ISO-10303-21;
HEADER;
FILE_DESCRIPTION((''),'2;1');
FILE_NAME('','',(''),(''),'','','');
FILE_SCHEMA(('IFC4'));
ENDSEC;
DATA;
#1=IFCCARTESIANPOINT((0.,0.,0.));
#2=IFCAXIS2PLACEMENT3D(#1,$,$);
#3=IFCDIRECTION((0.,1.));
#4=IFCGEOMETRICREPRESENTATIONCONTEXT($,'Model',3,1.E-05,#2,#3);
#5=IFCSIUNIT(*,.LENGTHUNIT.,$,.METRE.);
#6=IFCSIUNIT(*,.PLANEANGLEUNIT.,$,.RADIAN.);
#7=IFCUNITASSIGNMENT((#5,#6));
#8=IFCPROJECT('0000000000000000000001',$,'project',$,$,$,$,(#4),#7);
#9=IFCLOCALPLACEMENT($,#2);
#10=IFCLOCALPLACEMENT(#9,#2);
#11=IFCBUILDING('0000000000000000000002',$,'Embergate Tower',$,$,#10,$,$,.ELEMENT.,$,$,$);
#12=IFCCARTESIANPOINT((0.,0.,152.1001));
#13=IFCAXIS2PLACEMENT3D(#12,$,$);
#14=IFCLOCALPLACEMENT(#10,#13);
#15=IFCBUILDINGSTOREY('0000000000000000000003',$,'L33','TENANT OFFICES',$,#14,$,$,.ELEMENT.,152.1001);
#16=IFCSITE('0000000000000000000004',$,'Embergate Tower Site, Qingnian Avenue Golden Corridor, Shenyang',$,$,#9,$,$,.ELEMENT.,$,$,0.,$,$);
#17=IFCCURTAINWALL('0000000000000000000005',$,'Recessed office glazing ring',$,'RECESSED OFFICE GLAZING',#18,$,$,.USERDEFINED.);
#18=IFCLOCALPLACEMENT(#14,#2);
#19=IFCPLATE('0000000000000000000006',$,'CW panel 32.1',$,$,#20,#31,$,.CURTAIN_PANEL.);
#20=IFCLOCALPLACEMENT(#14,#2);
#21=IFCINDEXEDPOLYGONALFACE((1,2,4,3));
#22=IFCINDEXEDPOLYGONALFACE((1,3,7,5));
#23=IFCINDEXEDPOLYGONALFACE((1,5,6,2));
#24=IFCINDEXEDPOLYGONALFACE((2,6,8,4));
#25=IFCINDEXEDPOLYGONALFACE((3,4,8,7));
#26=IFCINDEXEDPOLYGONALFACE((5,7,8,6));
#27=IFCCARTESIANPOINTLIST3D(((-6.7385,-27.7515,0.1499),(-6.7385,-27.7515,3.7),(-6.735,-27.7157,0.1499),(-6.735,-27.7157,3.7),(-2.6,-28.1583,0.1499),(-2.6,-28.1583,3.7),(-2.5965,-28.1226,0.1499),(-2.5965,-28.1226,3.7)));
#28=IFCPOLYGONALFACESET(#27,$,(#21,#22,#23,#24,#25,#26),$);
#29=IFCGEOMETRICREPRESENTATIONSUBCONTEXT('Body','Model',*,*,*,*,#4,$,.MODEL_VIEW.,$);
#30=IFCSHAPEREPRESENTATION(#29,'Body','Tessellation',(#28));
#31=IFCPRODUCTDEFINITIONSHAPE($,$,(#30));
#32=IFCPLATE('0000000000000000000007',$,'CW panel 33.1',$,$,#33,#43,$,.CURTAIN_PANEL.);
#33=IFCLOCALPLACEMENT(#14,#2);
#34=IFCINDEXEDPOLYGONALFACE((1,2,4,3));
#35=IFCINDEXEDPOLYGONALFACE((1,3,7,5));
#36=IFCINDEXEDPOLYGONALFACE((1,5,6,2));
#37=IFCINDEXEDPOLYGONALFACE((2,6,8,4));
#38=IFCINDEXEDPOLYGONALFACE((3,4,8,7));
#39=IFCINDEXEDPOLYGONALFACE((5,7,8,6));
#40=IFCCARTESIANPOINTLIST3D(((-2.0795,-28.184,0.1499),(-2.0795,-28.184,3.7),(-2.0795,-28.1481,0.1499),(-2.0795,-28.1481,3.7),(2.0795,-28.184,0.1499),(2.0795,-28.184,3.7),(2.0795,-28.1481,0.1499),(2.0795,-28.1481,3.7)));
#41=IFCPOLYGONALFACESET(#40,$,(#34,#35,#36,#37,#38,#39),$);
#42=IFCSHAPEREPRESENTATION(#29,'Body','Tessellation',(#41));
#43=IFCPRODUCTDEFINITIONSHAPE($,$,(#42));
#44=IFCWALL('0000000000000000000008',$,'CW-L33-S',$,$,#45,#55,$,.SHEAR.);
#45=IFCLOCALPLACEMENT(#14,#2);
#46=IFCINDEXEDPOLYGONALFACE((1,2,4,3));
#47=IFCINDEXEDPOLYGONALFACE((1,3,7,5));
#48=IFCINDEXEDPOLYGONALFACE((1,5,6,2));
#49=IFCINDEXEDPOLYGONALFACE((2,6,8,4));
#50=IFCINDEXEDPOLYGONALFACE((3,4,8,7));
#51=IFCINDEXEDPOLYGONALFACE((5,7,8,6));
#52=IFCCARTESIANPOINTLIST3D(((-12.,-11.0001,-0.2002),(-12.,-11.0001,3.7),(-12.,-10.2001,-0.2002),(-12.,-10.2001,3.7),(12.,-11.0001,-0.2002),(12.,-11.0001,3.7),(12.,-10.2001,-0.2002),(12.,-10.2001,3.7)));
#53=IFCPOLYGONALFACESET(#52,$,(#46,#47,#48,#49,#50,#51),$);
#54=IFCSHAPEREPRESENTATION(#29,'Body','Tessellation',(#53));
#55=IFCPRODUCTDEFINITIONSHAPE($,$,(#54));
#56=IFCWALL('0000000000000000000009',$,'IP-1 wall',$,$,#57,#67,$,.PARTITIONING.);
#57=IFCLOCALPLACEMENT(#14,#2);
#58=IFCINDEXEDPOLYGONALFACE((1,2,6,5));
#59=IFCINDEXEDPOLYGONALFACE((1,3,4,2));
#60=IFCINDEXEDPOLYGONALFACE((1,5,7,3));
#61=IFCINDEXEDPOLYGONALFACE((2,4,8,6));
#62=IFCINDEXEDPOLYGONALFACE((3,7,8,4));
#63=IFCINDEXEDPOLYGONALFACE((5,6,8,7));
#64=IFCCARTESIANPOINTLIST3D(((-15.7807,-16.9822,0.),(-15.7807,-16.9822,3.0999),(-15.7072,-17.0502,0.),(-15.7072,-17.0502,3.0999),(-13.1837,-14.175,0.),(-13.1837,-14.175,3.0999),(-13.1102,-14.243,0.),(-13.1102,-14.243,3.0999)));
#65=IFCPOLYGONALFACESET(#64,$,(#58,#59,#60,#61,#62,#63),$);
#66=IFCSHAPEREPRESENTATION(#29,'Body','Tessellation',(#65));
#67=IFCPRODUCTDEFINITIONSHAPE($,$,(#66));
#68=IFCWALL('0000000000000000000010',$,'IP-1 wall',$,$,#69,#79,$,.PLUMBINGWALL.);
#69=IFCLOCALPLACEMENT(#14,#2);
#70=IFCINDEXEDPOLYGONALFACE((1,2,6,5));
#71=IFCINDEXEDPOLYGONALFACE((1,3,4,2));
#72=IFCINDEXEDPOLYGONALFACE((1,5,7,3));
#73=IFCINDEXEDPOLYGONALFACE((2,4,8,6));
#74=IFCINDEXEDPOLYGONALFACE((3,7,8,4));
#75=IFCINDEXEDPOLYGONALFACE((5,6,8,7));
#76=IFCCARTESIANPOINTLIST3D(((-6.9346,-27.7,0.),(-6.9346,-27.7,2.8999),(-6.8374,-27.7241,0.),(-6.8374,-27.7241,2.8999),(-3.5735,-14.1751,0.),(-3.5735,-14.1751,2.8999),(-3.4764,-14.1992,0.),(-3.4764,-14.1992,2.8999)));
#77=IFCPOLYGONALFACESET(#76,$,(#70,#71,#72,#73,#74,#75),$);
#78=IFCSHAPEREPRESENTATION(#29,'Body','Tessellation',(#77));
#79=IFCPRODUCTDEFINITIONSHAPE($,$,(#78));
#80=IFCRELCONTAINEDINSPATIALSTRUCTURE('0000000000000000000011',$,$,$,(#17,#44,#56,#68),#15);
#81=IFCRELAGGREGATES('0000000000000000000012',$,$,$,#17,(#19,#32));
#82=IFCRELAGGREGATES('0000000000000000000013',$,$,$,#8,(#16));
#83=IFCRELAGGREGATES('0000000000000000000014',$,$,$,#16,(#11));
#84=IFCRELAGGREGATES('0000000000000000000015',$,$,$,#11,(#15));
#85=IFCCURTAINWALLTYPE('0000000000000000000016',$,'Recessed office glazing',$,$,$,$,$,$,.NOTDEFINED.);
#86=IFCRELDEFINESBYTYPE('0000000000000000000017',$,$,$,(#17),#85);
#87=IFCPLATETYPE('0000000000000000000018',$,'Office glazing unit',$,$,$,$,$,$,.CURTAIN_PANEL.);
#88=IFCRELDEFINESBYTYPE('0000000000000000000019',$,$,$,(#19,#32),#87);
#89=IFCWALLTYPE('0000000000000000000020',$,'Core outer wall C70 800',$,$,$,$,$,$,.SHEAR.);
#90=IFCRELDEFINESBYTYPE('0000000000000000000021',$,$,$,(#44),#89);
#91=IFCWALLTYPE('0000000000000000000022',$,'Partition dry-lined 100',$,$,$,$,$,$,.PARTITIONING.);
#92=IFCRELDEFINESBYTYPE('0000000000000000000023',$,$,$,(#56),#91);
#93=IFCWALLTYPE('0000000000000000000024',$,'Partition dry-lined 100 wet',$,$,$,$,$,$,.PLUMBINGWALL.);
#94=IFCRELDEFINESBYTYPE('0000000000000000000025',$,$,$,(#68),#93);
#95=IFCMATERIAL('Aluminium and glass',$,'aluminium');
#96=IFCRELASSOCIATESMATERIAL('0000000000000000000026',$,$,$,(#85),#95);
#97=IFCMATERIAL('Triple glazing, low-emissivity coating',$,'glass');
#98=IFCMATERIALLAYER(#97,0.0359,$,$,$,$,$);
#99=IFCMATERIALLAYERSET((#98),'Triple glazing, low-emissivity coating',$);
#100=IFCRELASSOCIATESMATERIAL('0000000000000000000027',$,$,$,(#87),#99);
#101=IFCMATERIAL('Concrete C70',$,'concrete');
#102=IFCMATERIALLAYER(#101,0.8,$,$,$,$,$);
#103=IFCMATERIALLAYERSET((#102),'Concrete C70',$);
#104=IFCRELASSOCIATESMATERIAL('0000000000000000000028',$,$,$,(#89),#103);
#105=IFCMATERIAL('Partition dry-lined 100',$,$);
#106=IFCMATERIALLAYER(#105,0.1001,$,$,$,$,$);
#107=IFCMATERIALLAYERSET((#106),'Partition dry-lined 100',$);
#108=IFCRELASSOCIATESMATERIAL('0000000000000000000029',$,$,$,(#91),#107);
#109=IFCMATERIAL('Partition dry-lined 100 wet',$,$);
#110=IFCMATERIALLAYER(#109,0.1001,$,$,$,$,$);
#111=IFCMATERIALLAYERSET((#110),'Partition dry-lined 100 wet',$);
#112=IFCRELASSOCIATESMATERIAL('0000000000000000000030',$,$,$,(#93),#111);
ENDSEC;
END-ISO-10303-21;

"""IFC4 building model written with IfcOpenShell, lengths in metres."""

from ifc_helpers import new_model, si_unit, direction, frame, frame_2d, origin, origin_2d, place, context, subcontext, project, spatial, rectangle, extrude, source, transform, mapped, material, layer, layer_set, type_object, element, aggregate, save


model = new_model("IFC4")

# Units and contexts
model_context = context("Model", 3, precision=1e-05, world=origin(), true_north=direction((0.0, 1.0)))
body_context = subcontext(model_context, "Body", "Model", "MODEL_VIEW")
ifc_project = project(units=[si_unit("LENGTHUNIT", "METRE"), si_unit("PLANEANGLEUNIT", "RADIAN")], contexts=[model_context])

# Site, building, storey
site_placement = place(None, origin())
site = spatial("IfcSite", under=ifc_project, at=site_placement, Name="Embergate Tower Site, Qingnian Avenue Golden Corridor, Shenyang", CompositionType="ELEMENT", RefElevation=0.0)
building_placement = place(site_placement, origin())
building = spatial("IfcBuilding", under=site, at=building_placement, Name="Embergate Tower", CompositionType="ELEMENT")
storey_placement = place(building_placement, frame((0.0, 0.0, 152.1001)))
storey = spatial("IfcBuildingStorey", under=building, at=storey_placement, Name="L33", Description="TENANT OFFICES", CompositionType="ELEMENT", Elevation=152.1001)

# Shared definitions
ifc_material_1 = material(Name="Concrete C70", Category="concrete")

# Curtain wall
ifc_material_2 = material(Name="Aluminium and glass", Category="aluminium")
curtain_wall_type = type_object("IfcCurtainWallType", Name="Recessed office glazing", PredefinedType="NOTDEFINED", material=ifc_material_2)
curtain_wall_placement = place(storey_placement, origin())
curtain_wall = element("IfcCurtainWall", 1, at=curtain_wall_placement, inside=storey, type_object=curtain_wall_type, Name="Recessed office glazing ring", ObjectType="RECESSED OFFICE GLAZING", PredefinedType="USERDEFINED")

# Plates
ifc_material_3 = material(Name="Triple glazing, low-emissivity coating", Category="glass")
ifc_layer_1 = layer(ifc_material_3, 0.0359)
ifc_layer_set_1 = layer_set([ifc_layer_1], Name="Triple glazing, low-emissivity coating")
plate_type = type_object("IfcPlateType", Name="Office glazing unit", PredefinedType="CURTAIN_PANEL", material=ifc_layer_set_1)
shared_shape_1 = source(origin(), body_context, "Body", "SweptSolid", [
    extrude(rectangle(XDim=4.1584, YDim=0.0359, at=origin_2d()), origin(), (0.0, 0.0, 1.0), 3.55),
])
plate_1_placement = place(storey_placement, frame((-4.6675, -27.937, 0.1499), z_axis=(0.0, 0.0, 1.0), x_axis=(0.995203, -0.09783, 0.0)))
plate_1 = element("IfcPlate", 2, at=plate_1_placement, type_object=plate_type, Name="CW panel 32.1", PredefinedType="CURTAIN_PANEL", context=body_context, shape_type="MappedRepresentation", body=[
    mapped(shared_shape_1, transform((0.0, 0.0, 0.0))),
])
shared_shape_2 = source(origin(), body_context, "Body", "SweptSolid", [
    extrude(rectangle(XDim=4.1589, YDim=0.0359, at=origin_2d()), origin(), (0.0, 0.0, 1.0), 3.55),
])
plate_2_placement = place(storey_placement, frame((0.0, -28.166, 0.1499), z_axis=(0.0, 0.0, 1.0), x_axis=(1.0, 0.0, 0.0)))
plate_2 = element("IfcPlate", 3, at=plate_2_placement, type_object=plate_type, Name="CW panel 33.1", PredefinedType="CURTAIN_PANEL", context=body_context, shape_type="MappedRepresentation", body=[
    mapped(shared_shape_2, transform((0.0, 0.0, 0.0))),
])
aggregate(curtain_wall, [plate_1, plate_2])

# Walls
ifc_layer_2 = layer(ifc_material_1, 0.8)
ifc_layer_set_2 = layer_set([ifc_layer_2], Name="Concrete C70")
wall_type_1 = type_object("IfcWallType", Name="Core outer wall C70 800", PredefinedType="SHEAR", material=ifc_layer_set_2)
shared_shape_3 = source(origin(), body_context, "Body", "SweptSolid", [
    extrude(rectangle(XDim=24.0, YDim=0.8, at=frame_2d((12.0, 0.0))), origin(), (0.0, 0.0, 1.0), 3.9001),
])
wall_1_placement = place(storey_placement, frame((-12.0, -10.6001, -0.2002), z_axis=(0.0, 0.0, 1.0), x_axis=(1.0, 0.0, 0.0)))
element("IfcWall", 4, at=wall_1_placement, inside=storey, type_object=wall_type_1, Name="CW-L33-S", PredefinedType="SHEAR", context=body_context, shape_type="MappedRepresentation", body=[
    mapped(shared_shape_3, transform((0.0, 0.0, 0.0))),
])
ifc_material_4 = material(Name="Partition dry-lined 100")
ifc_layer_3 = layer(ifc_material_4, 0.1001)
ifc_layer_set_3 = layer_set([ifc_layer_3], Name="Partition dry-lined 100")
wall_type_2 = type_object("IfcWallType", Name="Partition dry-lined 100", PredefinedType="PARTITIONING", material=ifc_layer_set_3)
shared_shape_4 = source(origin(), body_context, "Body", "SweptSolid", [
    extrude(rectangle(XDim=3.8242, YDim=0.1001, at=frame_2d((1.9121, 0.0))), origin(), (0.0, 0.0, 1.0), 3.0999),
])
wall_2_placement = place(storey_placement, frame((-13.147, -14.209, 0.0), z_axis=(0.0, 0.0, 1.0), x_axis=(-0.679088, -0.734056, 0.0)))
element("IfcWall", 5, at=wall_2_placement, inside=storey, type_object=wall_type_2, Name="IP-1 wall", PredefinedType="PARTITIONING", context=body_context, shape_type="MappedRepresentation", body=[
    mapped(shared_shape_4, transform((0.0, 0.0, 0.0))),
])
ifc_material_5 = material(Name="Partition dry-lined 100 wet")
ifc_layer_4 = layer(ifc_material_5, 0.1001)
ifc_layer_set_4 = layer_set([ifc_layer_4], Name="Partition dry-lined 100 wet")
wall_type_3 = type_object("IfcWallType", Name="Partition dry-lined 100 wet", PredefinedType="PLUMBINGWALL", material=ifc_layer_set_4)
shared_shape_5 = source(origin(), body_context, "Body", "SweptSolid", [
    extrude(rectangle(XDim=13.9363, YDim=0.1001, at=frame_2d((6.9683, 0.0))), origin(), (0.0, 0.0, 1.0), 2.8999),
])
wall_3_placement = place(storey_placement, frame((-3.5249, -14.187, 0.0), z_axis=(0.0, 0.0, 1.0), x_axis=(-0.241175, -0.970482, 0.0)))
element("IfcWall", 6, at=wall_3_placement, inside=storey, type_object=wall_type_3, Name="IP-1 wall", PredefinedType="PLUMBINGWALL", context=body_context, shape_type="MappedRepresentation", body=[
    mapped(shared_shape_5, transform((0.0, 0.0, 0.0))),
])

save(model, "model.ifc")
